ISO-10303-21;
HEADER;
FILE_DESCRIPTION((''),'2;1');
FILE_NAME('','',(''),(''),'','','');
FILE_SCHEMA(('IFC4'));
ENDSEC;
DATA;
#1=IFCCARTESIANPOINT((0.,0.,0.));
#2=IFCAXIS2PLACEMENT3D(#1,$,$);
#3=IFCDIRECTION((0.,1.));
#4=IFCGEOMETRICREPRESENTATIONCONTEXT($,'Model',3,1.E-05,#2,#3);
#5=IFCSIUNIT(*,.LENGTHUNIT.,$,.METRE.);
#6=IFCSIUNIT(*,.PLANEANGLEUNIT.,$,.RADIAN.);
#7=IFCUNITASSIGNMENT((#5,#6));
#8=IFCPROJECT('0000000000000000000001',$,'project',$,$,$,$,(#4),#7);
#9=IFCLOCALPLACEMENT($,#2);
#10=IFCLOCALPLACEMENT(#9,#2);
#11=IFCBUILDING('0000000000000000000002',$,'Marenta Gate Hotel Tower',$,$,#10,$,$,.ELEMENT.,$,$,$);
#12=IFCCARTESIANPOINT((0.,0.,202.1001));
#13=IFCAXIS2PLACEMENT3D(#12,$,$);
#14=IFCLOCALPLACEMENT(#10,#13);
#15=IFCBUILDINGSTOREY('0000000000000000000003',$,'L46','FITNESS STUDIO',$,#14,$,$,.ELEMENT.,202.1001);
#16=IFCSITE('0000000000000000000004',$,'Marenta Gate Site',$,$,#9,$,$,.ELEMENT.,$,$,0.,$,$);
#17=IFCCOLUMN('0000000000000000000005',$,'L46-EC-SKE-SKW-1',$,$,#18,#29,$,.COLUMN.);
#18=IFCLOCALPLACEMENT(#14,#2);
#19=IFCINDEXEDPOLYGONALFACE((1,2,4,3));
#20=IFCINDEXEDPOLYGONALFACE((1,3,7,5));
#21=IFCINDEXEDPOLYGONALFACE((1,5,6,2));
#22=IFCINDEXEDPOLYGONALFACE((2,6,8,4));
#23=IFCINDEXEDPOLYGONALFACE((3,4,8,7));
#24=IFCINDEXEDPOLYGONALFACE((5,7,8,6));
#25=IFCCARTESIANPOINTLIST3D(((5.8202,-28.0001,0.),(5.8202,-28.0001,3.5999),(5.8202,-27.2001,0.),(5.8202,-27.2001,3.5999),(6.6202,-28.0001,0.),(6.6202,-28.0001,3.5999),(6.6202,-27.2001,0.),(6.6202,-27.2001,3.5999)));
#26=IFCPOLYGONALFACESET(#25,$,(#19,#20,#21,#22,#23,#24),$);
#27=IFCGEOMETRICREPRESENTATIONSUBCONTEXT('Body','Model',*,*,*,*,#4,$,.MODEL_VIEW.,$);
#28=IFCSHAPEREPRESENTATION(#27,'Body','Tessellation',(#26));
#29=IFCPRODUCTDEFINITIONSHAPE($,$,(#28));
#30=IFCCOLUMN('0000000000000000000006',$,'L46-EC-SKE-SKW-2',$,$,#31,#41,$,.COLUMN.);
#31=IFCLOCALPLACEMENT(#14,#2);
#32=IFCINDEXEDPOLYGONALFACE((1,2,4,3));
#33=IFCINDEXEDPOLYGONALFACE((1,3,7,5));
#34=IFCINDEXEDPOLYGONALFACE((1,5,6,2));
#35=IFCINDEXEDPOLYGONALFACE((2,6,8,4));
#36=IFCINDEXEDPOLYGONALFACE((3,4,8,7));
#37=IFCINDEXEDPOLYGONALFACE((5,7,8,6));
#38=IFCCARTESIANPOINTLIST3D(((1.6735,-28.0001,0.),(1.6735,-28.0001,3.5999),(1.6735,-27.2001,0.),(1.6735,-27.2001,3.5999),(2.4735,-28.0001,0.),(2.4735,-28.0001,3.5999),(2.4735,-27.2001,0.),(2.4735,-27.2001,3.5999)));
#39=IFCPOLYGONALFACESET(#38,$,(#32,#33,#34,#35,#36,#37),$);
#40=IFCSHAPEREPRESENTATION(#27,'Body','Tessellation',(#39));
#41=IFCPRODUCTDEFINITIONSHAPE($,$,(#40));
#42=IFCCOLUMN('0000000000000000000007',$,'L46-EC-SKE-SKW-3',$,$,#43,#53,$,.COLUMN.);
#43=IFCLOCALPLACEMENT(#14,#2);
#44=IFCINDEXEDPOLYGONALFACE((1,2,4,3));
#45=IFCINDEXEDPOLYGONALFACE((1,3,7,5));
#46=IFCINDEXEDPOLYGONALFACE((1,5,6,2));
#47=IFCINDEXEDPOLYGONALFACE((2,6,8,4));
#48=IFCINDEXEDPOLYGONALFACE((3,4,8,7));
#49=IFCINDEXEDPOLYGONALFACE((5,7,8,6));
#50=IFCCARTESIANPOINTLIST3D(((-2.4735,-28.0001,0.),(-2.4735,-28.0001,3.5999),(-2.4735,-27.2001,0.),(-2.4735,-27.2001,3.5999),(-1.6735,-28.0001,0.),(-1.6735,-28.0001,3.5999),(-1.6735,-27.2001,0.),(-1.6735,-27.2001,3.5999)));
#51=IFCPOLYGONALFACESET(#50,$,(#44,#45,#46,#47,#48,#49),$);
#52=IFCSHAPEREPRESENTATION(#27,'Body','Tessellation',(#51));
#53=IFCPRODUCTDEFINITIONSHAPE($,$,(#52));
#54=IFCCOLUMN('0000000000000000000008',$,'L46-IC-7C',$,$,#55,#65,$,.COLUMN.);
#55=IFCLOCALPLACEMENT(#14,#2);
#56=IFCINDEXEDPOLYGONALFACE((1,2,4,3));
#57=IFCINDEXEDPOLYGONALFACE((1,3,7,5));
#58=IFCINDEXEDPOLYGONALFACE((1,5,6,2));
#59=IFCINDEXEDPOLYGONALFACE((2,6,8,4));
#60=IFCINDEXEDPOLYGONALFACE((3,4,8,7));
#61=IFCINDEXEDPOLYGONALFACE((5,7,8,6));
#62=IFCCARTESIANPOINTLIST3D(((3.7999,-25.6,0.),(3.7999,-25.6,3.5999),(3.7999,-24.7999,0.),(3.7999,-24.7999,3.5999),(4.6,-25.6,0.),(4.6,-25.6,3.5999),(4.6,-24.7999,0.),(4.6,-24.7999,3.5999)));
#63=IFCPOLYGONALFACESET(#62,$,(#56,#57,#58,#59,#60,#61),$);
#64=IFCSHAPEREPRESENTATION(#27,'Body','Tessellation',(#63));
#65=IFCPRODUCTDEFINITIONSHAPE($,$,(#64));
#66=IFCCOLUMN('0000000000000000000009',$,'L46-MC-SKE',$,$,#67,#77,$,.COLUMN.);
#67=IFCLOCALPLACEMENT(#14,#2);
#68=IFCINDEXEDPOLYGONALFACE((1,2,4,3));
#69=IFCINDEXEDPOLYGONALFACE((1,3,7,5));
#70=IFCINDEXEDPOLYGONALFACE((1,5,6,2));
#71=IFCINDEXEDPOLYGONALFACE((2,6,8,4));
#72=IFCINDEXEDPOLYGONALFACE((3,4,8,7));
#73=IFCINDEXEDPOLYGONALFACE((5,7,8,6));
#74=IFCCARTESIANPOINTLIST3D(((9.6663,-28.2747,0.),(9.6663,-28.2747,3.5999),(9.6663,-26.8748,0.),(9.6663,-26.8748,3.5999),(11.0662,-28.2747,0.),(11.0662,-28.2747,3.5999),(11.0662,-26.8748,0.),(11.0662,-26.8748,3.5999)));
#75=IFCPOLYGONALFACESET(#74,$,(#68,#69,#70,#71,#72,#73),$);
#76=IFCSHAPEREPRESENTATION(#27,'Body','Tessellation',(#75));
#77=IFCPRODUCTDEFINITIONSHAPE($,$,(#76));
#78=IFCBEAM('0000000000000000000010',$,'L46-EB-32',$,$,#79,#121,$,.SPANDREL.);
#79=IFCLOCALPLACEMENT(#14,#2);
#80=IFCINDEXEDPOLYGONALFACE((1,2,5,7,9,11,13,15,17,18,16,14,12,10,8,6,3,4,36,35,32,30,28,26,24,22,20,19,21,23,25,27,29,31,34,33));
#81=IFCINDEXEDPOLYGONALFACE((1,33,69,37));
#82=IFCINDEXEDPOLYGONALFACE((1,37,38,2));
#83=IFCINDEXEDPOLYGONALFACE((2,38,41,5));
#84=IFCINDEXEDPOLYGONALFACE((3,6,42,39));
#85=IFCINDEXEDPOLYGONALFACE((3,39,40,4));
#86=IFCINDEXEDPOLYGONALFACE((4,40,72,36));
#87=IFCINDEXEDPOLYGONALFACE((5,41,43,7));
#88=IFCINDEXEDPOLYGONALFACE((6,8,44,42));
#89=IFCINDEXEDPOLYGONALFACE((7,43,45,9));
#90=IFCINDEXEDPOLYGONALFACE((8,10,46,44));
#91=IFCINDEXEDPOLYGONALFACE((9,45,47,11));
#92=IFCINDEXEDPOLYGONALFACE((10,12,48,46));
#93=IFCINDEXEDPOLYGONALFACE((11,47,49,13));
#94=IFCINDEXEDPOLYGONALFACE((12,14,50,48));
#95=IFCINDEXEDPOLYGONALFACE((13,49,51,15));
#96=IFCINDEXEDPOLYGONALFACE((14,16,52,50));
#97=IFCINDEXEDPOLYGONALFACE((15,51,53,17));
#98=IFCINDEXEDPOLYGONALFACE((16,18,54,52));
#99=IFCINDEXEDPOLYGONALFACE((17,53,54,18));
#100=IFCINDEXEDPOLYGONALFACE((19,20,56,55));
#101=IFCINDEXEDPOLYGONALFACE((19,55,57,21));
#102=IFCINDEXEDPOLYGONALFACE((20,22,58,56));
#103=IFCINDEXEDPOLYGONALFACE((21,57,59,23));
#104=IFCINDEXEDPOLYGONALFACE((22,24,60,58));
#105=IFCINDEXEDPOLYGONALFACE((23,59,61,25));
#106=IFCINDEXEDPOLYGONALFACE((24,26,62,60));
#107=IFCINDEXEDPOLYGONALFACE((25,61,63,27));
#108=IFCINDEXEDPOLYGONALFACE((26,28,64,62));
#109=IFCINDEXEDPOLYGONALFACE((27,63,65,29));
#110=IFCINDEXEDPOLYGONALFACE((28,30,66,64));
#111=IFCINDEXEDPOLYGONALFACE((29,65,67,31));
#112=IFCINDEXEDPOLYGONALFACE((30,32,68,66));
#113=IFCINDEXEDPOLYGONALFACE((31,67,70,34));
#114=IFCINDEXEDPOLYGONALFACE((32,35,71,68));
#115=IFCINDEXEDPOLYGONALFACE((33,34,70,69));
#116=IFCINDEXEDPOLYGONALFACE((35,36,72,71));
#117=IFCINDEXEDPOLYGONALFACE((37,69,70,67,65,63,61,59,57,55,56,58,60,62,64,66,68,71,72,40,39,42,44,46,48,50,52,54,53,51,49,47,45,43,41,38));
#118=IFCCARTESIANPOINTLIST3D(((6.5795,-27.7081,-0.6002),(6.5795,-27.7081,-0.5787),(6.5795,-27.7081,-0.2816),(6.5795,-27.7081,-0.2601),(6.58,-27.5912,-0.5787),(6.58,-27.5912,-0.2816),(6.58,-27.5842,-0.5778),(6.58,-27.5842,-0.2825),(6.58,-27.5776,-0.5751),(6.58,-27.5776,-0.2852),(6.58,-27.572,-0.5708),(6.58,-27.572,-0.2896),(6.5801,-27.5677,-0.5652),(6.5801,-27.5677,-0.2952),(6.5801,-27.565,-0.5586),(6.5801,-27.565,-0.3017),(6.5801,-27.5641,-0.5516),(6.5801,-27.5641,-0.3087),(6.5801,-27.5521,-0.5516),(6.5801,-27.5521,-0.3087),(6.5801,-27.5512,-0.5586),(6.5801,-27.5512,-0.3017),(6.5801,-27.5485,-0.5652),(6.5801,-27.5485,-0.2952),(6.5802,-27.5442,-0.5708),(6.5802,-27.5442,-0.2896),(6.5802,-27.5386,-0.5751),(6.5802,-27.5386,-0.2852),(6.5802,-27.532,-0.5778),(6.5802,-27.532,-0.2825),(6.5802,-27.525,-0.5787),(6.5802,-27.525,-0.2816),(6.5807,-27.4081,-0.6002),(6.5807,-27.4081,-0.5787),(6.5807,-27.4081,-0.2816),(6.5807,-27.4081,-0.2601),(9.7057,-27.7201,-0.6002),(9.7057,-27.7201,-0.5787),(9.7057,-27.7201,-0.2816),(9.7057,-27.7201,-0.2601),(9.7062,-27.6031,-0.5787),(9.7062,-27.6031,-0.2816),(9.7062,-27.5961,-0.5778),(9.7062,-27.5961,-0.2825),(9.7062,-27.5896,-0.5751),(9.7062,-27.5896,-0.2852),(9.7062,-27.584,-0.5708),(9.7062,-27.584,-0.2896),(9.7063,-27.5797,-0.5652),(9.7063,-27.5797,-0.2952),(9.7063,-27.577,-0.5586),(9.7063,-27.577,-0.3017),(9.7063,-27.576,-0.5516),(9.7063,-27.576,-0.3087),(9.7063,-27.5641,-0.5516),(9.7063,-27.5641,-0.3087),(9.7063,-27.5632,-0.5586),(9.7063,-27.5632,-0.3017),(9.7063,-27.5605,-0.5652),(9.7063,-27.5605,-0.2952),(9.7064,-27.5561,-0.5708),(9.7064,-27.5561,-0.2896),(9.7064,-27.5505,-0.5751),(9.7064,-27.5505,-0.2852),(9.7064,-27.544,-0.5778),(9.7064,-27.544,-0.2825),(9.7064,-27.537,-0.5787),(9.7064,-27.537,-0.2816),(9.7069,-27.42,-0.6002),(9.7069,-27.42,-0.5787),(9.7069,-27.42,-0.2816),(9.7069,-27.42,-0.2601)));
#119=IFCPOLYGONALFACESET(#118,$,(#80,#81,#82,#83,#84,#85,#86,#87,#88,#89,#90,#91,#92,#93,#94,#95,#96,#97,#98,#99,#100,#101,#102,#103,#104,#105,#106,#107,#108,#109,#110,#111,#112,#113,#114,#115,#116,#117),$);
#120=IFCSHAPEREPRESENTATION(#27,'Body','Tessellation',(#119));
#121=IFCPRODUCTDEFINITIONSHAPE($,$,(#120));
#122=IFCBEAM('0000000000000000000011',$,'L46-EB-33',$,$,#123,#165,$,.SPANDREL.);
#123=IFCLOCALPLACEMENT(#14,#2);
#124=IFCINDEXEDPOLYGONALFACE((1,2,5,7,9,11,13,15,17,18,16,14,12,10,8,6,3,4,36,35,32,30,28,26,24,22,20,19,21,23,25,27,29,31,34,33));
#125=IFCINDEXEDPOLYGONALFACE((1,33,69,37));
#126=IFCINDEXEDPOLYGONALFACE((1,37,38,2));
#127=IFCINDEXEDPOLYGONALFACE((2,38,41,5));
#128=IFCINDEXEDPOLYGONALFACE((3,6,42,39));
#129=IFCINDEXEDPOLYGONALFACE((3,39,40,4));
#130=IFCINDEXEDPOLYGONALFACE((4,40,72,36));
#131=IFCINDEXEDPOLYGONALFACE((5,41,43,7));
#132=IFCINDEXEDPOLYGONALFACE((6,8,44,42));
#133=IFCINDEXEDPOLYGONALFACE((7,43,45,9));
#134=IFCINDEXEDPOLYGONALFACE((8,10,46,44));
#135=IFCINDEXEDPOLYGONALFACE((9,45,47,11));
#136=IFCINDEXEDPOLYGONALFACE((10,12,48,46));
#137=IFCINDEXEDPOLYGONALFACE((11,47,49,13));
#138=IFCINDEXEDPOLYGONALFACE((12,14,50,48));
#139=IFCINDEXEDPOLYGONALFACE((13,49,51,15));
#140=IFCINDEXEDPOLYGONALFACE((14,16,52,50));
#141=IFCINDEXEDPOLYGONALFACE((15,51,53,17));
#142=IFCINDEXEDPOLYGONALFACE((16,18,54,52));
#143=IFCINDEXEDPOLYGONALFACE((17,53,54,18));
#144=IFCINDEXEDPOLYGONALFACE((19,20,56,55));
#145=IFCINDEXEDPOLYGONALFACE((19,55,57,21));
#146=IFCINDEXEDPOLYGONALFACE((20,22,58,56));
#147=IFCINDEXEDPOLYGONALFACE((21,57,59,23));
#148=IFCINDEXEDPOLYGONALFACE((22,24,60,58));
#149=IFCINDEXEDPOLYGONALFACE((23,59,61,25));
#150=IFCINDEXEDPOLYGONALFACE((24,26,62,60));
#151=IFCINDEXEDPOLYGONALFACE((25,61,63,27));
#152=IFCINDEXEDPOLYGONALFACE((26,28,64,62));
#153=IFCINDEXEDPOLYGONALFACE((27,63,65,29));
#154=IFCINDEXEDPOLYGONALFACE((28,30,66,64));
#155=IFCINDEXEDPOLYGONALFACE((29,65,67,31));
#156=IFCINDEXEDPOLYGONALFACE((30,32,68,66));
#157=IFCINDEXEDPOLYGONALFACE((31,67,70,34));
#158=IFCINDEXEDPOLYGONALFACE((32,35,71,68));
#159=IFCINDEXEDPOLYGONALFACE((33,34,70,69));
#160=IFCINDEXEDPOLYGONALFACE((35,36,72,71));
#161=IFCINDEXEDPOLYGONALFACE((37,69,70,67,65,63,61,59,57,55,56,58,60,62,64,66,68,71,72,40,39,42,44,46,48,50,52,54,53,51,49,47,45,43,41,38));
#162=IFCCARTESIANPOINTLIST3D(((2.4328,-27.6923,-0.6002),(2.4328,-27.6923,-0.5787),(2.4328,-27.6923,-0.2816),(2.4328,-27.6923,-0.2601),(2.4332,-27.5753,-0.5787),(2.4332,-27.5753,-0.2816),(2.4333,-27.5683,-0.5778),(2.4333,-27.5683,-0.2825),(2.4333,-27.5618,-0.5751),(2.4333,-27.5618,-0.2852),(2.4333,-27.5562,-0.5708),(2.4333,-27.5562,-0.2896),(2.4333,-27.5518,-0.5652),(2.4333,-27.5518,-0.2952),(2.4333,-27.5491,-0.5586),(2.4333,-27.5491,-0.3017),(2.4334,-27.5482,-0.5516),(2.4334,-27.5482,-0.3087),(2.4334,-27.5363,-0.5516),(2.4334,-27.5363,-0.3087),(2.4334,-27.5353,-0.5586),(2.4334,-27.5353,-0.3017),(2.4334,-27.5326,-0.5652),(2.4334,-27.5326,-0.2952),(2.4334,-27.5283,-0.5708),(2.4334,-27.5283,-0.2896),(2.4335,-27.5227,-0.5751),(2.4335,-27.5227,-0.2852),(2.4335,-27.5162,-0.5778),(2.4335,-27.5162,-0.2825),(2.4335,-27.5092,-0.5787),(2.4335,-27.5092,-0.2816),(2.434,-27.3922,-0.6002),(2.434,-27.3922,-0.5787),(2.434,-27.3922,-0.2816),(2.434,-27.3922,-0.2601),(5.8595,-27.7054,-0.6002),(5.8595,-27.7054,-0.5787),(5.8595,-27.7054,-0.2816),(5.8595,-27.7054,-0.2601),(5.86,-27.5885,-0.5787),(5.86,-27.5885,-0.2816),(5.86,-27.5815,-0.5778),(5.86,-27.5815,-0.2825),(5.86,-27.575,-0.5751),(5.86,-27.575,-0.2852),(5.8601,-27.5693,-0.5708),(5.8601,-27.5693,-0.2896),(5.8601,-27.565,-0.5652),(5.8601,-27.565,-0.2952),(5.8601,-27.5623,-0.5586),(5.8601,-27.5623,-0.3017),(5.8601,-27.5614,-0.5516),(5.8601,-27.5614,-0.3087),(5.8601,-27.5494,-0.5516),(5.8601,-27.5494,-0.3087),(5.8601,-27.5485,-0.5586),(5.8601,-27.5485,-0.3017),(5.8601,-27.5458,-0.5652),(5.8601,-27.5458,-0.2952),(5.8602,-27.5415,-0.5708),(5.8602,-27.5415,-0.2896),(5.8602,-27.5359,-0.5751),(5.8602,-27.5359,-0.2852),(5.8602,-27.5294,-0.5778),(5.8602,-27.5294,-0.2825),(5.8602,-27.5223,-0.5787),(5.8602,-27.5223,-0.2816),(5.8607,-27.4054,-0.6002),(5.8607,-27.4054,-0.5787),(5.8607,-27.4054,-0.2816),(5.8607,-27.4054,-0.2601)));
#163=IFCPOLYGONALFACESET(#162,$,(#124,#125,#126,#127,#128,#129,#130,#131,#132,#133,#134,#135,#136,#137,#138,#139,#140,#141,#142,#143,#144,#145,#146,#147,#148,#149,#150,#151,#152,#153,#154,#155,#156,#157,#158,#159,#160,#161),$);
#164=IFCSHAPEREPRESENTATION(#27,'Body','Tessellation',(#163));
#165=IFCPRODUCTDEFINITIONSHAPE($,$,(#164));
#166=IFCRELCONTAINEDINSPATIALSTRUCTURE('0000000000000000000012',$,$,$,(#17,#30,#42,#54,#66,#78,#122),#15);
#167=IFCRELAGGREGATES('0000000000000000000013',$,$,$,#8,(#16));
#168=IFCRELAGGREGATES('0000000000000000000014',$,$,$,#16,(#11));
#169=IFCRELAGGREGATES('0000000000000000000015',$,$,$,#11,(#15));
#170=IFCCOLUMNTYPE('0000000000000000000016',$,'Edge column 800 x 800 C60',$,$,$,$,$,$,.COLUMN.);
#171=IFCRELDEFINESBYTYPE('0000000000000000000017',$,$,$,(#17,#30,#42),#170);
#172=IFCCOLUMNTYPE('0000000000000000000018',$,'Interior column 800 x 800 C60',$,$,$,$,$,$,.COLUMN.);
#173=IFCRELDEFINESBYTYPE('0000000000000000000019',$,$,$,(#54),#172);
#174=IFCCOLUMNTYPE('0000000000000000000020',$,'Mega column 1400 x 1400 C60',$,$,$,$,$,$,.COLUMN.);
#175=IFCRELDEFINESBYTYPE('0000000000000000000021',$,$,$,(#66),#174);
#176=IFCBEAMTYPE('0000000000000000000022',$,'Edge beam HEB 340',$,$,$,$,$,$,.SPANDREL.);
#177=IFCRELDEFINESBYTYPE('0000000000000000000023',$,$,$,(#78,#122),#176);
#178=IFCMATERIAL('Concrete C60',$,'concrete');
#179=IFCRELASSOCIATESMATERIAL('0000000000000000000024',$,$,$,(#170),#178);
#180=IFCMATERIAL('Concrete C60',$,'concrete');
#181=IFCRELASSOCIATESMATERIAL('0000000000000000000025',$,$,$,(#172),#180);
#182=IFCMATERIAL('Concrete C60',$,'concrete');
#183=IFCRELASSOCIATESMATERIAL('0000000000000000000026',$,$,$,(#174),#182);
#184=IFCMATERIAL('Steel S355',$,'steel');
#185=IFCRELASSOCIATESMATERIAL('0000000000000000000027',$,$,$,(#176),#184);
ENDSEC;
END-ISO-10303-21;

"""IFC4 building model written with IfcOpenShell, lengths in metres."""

from ifc_helpers import new_model, si_unit, direction, frame, origin, origin_2d, place, context, subcontext, project, spatial, rectangle, i_section, extrude, material, material_profile, profile_set, type_object, element, save


model = new_model("IFC4")

# Units and contexts
model_context = context("Model", 3, precision=1e-05, world=origin(), true_north=direction((0.0, 1.0)))
body_context = subcontext(model_context, "Body", "Model", "MODEL_VIEW")
ifc_project = project(units=[si_unit("LENGTHUNIT", "METRE"), si_unit("PLANEANGLEUNIT", "RADIAN")], contexts=[model_context])

# Site, building, storey
site_placement = place(None, origin())
site = spatial("IfcSite", under=ifc_project, at=site_placement, Name="Marenta Gate Site", CompositionType="ELEMENT", RefElevation=0.0)
building_placement = place(site_placement, origin())
building = spatial("IfcBuilding", under=site, at=building_placement, Name="Marenta Gate Hotel Tower", CompositionType="ELEMENT")
storey_placement = place(building_placement, frame((0.0, 0.0, 202.1001)))
storey = spatial("IfcBuildingStorey", under=building, at=storey_placement, Name="L46", Description="FITNESS STUDIO", CompositionType="ELEMENT", Elevation=202.1001)

# Columns
ifc_material_1 = material(Name="Concrete C60", Category="concrete")
ifc_material_profile_1 = material_profile(ifc_material_1, rectangle(XDim=0.8, YDim=0.8, at=origin_2d()), Name="800 x 800")
ifc_profile_set_1 = profile_set([ifc_material_profile_1], Name="Concrete C60")
column_type_1 = type_object("IfcColumnType", Name="Edge column 800 x 800 C60", PredefinedType="COLUMN", material=ifc_profile_set_1)
for number, where, z_axis, x_axis, name in (
    (1, (6.2202, -27.6001, 0.0), (0.0, 0.0, 1.0), (1.0, 0.0, 0.0), "L46-EC-SKE-SKW-1"),
    (2, (2.0735, -27.6001, 0.0), (0.0, 0.0, 1.0), (1.0, 0.0, 0.0), "L46-EC-SKE-SKW-2"),
    (3, (-2.0735, -27.6001, 0.0), (0.0, 0.0, 1.0), (1.0, 0.0, 0.0), "L46-EC-SKE-SKW-3"),
):
    element("IfcColumn", number, at=place(storey_placement, frame(where, z_axis=z_axis, x_axis=x_axis)), inside=storey, type_object=column_type_1, Name=name, PredefinedType="COLUMN", context=body_context, shape_type="SweptSolid", body=[
        extrude(rectangle(XDim=0.8, YDim=0.8, at=origin_2d()), origin(), (0.0, 0.0, 1.0), 3.5999),
    ])
ifc_material_2 = material(Name="Concrete C60", Category="concrete")
ifc_material_profile_2 = material_profile(ifc_material_2, rectangle(XDim=0.8, YDim=0.8, at=origin_2d()), Name="800 x 800")
ifc_profile_set_2 = profile_set([ifc_material_profile_2], Name="Concrete C60")
column_type_2 = type_object("IfcColumnType", Name="Interior column 800 x 800 C60", PredefinedType="COLUMN", material=ifc_profile_set_2)
column_1_placement = place(storey_placement, frame((4.2, -25.2, 0.0), z_axis=(0.0, 0.0, 1.0), x_axis=(1.0, 0.0, 0.0)))
element("IfcColumn", 4, at=column_1_placement, inside=storey, type_object=column_type_2, Name="L46-IC-7C", PredefinedType="COLUMN", context=body_context, shape_type="SweptSolid", body=[
    extrude(rectangle(XDim=0.8, YDim=0.8, at=origin_2d()), origin(), (0.0, 0.0, 1.0), 3.5999),
])
ifc_material_3 = material(Name="Concrete C60", Category="concrete")
ifc_material_profile_3 = material_profile(ifc_material_3, rectangle(XDim=1.3999, YDim=1.3999, at=origin_2d()), Name="1400 x 1400")
ifc_profile_set_3 = profile_set([ifc_material_profile_3], Name="Concrete C60")
column_type_3 = type_object("IfcColumnType", Name="Mega column 1400 x 1400 C60", PredefinedType="COLUMN", material=ifc_profile_set_3)
column_2_placement = place(storey_placement, frame((10.3662, -27.5747, 0.0), z_axis=(0.0, 0.0, 1.0), x_axis=(1.0, 0.0, 0.0)))
element("IfcColumn", 5, at=column_2_placement, inside=storey, type_object=column_type_3, Name="L46-MC-SKE", PredefinedType="COLUMN", context=body_context, shape_type="SweptSolid", body=[
    extrude(rectangle(XDim=1.3999, YDim=1.3999, at=origin_2d()), origin(), (0.0, 0.0, 1.0), 3.5999),
])

# Beams
ifc_material_4 = material(Name="Steel S355", Category="steel")
ifc_material_profile_4 = material_profile(ifc_material_4, i_section(OverallWidth=0.3, OverallDepth=0.3401, WebThickness=0.012, FlangeThickness=0.0215, FilletRadius=0.0271, at=origin_2d()), Name="HEB 340")
ifc_profile_set_4 = profile_set([ifc_material_profile_4], Name="Steel S355")
beam_type = type_object("IfcBeamType", Name="Edge beam HEB 340", PredefinedType="SPANDREL", material=ifc_profile_set_4)
beam_placement = place(storey_placement, frame((9.7063, -27.5701, -0.4302), z_axis=(-0.999993, 0.003827, 0.0), x_axis=(-0.003827, -0.999993, 0.0)))
element("IfcBeam", 6, at=beam_placement, inside=storey, type_object=beam_type, Name="L46-EB-32", PredefinedType="SPANDREL", context=body_context, shape_type="SweptSolid", body=[
    extrude(i_section(OverallWidth=0.3, OverallDepth=0.3401, WebThickness=0.012, FlangeThickness=0.0215, FilletRadius=0.0271, at=origin_2d()), origin(), (0.0, 0.0, 1.0), 3.1262),
])
for number, where, z_axis, x_axis, name in (
    (7, (5.8601, -27.5554, -0.4302), (-0.999993, 0.003847, 0.0), (-0.003847, -0.999993, 0.0), "L46-EB-33"),
):
    element("IfcBeam", number, at=place(storey_placement, frame(where, z_axis=z_axis, x_axis=x_axis)), inside=storey, type_object=beam_type, Name=name, PredefinedType="SPANDREL", context=body_context, shape_type="SweptSolid", body=[
        extrude(i_section(OverallWidth=0.3, OverallDepth=0.3401, WebThickness=0.012, FlangeThickness=0.0215, FilletRadius=0.0271, at=origin_2d()), origin(), (0.0, 0.0, 1.0), 3.4268),
    ])

save(model, "model.ifc")
